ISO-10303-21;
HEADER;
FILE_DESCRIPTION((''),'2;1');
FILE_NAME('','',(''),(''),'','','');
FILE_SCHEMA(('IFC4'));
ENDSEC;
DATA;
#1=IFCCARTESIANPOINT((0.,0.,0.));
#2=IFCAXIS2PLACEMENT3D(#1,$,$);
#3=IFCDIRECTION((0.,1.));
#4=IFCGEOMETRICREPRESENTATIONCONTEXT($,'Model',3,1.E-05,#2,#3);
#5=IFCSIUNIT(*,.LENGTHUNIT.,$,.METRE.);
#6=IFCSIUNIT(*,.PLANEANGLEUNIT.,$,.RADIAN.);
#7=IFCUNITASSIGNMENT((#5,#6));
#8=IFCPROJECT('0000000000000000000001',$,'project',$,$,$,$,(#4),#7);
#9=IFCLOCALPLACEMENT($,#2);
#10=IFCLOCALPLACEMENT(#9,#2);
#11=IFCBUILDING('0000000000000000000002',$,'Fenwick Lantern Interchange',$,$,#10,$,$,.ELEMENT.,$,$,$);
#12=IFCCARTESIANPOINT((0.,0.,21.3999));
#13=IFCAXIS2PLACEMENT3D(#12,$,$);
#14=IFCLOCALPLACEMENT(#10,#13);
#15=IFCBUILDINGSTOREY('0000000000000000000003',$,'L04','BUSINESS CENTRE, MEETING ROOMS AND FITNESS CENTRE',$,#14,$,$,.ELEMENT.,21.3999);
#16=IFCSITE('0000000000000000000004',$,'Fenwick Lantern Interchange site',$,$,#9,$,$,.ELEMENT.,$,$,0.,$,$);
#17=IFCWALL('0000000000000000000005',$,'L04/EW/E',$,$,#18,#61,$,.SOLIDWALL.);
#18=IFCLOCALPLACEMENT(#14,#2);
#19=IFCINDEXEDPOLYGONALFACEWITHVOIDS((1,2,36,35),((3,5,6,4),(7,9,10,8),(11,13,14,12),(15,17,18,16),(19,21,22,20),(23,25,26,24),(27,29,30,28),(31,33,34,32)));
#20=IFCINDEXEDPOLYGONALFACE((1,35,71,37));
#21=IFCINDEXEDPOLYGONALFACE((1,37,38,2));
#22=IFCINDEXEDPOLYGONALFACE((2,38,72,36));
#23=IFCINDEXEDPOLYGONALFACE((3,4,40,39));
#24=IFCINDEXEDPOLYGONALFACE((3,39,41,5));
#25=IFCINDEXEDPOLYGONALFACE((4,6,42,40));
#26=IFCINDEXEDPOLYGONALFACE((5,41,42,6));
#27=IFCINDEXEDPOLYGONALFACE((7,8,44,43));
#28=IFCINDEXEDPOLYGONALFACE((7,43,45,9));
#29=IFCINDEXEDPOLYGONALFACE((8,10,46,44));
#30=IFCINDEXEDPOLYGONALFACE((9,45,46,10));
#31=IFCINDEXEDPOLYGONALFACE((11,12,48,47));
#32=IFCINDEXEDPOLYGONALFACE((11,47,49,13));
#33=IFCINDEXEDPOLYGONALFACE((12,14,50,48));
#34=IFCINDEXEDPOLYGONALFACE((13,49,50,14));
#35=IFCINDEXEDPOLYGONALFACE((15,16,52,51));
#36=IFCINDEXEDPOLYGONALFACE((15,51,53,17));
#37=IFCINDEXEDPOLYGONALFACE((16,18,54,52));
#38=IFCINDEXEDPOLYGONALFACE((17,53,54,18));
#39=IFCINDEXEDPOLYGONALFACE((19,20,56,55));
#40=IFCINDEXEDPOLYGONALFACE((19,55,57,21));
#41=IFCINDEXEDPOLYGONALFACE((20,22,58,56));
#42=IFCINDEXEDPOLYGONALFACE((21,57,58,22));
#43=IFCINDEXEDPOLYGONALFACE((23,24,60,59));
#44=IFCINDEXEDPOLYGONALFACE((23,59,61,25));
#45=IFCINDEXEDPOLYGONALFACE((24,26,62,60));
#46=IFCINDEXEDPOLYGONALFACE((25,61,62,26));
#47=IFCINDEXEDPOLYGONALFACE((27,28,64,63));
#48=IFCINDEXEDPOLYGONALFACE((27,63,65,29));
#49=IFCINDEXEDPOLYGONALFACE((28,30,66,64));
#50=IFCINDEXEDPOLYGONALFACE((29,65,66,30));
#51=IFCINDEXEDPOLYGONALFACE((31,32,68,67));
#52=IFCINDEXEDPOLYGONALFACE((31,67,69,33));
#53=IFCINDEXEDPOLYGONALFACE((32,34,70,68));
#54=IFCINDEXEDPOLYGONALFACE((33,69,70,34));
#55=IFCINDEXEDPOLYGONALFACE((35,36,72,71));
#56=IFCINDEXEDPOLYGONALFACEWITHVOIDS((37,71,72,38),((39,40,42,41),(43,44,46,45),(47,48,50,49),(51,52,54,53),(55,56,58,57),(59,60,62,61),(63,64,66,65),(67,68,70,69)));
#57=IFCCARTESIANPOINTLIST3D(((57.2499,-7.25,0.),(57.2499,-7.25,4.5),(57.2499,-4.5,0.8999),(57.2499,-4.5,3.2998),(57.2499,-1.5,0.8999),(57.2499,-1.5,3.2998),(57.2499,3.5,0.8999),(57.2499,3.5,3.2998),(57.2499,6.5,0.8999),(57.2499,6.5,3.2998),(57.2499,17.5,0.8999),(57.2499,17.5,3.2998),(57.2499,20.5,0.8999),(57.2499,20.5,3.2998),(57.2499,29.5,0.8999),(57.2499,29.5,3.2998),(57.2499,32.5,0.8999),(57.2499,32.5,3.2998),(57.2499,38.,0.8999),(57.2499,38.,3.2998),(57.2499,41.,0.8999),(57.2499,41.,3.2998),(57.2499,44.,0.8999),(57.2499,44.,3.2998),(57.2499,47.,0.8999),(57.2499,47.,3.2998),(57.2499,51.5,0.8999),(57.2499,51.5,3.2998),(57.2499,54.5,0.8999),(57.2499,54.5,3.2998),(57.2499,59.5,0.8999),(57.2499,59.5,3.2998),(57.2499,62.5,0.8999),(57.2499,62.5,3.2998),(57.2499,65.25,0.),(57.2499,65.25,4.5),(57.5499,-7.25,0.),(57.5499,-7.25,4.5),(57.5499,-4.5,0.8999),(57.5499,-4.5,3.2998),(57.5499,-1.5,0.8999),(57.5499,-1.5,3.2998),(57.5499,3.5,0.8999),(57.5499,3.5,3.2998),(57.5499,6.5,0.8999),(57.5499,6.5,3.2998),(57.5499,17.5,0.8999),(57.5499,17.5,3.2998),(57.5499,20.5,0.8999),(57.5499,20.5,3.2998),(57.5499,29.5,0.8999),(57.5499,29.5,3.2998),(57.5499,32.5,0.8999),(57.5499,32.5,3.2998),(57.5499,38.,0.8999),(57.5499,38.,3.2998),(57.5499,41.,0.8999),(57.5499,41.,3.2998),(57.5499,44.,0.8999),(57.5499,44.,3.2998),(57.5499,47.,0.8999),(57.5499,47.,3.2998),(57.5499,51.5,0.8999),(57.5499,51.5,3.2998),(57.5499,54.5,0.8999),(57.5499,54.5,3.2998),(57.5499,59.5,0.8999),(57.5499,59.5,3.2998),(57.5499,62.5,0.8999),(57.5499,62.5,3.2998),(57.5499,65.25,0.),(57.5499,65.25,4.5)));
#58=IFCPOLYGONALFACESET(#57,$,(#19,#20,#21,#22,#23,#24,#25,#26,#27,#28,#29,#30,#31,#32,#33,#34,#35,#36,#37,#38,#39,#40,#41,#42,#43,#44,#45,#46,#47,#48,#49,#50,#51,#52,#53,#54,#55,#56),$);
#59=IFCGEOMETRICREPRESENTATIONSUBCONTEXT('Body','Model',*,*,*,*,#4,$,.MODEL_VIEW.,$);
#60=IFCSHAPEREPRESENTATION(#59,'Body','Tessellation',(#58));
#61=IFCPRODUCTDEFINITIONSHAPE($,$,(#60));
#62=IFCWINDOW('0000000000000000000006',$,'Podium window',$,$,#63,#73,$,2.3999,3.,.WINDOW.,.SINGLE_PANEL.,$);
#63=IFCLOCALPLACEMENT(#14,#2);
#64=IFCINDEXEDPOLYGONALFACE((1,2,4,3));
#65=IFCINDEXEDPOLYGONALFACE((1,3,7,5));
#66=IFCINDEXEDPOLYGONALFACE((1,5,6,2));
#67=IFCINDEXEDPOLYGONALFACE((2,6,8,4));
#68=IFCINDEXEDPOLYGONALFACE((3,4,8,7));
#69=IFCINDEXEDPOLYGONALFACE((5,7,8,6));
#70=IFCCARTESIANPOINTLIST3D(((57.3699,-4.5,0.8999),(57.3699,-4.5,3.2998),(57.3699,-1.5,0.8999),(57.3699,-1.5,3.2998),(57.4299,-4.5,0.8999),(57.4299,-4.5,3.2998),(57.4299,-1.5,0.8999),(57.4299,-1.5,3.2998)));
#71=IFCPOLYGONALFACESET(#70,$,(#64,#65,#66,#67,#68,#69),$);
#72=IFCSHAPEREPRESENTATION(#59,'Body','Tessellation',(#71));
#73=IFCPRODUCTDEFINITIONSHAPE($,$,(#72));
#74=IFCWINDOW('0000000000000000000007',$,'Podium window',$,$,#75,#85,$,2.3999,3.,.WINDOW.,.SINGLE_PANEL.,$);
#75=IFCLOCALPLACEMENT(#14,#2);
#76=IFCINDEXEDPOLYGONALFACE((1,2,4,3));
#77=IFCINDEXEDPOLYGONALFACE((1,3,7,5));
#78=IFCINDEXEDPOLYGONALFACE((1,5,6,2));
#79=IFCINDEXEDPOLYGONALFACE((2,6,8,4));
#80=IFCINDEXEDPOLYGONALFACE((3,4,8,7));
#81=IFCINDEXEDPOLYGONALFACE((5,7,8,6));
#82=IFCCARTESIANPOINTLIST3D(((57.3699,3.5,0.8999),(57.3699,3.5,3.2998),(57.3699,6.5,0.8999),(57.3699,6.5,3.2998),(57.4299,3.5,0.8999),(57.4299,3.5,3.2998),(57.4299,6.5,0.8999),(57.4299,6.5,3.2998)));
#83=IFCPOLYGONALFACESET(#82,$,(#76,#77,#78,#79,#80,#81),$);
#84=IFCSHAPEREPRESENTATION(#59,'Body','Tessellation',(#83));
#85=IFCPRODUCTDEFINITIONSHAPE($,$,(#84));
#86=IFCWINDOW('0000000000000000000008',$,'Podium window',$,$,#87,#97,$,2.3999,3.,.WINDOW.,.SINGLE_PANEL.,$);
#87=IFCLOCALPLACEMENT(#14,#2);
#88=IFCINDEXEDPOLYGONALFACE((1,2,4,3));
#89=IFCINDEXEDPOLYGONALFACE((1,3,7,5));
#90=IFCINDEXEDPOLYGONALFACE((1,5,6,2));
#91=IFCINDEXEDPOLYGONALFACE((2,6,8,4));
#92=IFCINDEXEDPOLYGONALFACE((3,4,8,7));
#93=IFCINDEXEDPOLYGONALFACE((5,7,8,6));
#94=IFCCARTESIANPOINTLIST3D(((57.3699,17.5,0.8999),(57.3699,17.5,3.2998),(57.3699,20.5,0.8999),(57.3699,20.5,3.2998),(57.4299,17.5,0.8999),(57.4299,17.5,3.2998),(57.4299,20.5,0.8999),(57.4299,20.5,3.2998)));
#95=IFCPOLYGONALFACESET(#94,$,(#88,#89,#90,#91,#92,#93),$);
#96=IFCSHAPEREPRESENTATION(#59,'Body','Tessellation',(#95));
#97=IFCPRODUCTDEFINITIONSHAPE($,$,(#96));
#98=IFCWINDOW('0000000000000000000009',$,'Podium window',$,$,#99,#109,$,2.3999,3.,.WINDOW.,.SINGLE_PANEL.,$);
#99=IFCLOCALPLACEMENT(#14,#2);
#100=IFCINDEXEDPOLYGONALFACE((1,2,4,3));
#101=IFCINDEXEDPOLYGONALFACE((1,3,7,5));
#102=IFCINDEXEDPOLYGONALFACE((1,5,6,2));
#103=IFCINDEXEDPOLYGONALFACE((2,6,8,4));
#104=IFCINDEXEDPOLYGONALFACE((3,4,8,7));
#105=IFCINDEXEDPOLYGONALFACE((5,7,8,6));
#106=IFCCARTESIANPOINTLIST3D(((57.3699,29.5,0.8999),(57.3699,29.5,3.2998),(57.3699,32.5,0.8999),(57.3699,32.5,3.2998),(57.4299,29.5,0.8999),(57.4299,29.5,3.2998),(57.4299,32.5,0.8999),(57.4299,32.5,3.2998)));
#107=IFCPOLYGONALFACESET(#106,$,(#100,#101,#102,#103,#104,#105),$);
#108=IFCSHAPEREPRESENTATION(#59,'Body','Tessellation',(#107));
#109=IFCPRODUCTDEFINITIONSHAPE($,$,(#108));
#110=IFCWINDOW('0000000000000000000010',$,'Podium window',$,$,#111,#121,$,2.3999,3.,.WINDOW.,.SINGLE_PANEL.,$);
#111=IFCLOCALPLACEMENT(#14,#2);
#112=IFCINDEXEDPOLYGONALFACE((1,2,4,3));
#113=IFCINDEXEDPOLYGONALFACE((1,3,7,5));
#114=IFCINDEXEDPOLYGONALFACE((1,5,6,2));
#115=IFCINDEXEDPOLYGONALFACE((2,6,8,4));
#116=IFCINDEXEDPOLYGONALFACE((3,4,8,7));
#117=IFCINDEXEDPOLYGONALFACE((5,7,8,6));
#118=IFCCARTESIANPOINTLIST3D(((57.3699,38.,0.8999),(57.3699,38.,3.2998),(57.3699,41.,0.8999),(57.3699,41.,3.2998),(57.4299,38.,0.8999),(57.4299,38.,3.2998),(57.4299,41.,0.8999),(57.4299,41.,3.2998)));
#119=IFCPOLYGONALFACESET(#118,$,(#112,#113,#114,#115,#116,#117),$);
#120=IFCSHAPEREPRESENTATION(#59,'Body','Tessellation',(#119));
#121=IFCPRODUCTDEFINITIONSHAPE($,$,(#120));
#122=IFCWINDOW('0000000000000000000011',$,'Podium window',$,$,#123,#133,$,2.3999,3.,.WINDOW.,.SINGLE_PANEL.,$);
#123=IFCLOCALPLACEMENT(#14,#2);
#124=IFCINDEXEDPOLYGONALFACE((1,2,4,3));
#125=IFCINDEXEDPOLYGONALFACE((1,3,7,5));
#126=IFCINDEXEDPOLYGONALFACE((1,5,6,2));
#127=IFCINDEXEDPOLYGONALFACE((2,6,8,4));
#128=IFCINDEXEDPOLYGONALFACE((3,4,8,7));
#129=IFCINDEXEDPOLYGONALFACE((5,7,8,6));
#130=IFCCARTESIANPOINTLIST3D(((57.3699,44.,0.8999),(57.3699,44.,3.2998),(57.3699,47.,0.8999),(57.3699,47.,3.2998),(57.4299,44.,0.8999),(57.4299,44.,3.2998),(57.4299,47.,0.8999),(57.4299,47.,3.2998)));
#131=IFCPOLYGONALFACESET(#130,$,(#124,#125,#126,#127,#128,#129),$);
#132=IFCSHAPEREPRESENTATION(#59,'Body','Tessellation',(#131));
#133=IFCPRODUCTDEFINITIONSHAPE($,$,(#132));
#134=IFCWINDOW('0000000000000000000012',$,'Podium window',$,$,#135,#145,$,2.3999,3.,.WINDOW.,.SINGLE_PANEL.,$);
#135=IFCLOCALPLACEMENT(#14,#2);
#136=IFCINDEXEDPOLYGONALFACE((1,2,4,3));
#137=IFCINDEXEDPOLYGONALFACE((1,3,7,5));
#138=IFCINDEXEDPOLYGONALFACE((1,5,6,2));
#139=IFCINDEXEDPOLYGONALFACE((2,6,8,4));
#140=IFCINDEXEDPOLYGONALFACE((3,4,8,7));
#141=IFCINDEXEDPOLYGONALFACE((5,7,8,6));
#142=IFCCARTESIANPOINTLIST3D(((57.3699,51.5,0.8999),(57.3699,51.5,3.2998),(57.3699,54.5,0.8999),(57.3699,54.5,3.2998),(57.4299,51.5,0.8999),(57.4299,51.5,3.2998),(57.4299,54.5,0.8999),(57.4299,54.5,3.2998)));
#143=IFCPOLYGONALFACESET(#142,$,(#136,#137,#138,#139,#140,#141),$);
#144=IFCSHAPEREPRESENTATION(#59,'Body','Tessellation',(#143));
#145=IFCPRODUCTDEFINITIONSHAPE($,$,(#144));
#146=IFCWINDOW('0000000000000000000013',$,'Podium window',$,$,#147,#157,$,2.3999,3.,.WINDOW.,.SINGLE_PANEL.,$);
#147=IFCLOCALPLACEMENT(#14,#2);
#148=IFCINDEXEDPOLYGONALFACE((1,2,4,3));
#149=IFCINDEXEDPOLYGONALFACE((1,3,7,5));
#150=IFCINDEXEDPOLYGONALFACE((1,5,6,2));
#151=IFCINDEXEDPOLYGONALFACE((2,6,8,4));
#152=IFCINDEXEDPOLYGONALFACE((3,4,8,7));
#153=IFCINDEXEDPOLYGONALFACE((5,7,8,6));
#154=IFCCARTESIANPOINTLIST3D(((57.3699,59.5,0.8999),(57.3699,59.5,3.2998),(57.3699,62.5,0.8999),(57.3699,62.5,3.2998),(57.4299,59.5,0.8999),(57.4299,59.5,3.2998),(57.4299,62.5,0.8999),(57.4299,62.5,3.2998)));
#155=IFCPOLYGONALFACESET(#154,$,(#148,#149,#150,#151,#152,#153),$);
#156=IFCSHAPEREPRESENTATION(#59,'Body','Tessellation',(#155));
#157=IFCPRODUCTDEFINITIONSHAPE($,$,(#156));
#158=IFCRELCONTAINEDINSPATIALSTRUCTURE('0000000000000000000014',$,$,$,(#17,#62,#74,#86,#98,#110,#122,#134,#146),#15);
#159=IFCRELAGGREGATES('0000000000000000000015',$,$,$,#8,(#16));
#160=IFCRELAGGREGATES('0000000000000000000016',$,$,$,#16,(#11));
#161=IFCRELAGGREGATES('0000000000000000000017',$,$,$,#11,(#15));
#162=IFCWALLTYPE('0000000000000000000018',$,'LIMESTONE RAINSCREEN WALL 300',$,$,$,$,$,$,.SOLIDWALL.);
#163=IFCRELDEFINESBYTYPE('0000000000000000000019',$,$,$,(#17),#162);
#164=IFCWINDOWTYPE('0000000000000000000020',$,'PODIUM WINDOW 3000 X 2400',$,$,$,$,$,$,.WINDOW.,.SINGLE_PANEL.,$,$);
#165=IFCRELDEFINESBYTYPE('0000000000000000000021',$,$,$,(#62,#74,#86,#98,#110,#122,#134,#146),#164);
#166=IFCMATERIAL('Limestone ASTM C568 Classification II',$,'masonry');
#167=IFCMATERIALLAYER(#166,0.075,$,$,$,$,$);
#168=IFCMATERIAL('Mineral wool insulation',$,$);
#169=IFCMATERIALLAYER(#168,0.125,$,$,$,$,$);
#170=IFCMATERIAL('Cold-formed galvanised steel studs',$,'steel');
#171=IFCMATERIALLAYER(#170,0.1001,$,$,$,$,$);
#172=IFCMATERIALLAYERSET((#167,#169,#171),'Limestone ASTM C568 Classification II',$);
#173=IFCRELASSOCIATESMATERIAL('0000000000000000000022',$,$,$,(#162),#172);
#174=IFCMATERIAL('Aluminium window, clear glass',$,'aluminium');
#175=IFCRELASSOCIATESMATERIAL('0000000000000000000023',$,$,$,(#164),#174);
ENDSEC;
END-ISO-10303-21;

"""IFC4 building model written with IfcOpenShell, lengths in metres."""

from ifc_helpers import new_model, si_unit, direction, frame, frame_2d, origin, place, context, subcontext, project, spatial, rectangle, extrude, material, layer, layer_set, type_object, element, fill, save


model = new_model("IFC4")

# Units and contexts
model_context = context("Model", 3, precision=1e-05, world=origin(), true_north=direction((0.0, 1.0)))
body_context = subcontext(model_context, "Body", "Model", "MODEL_VIEW")
ifc_project = project(units=[si_unit("LENGTHUNIT", "METRE"), si_unit("PLANEANGLEUNIT", "RADIAN")], contexts=[model_context])

# Site, building, storey
site_placement = place(None, origin())
site = spatial("IfcSite", under=ifc_project, at=site_placement, Name="Fenwick Lantern Interchange site", CompositionType="ELEMENT", RefElevation=0.0)
building_placement = place(site_placement, origin())
building = spatial("IfcBuilding", under=site, at=building_placement, Name="Fenwick Lantern Interchange", CompositionType="ELEMENT")
storey_placement = place(building_placement, frame((0.0, 0.0, 21.3999)))
storey = spatial("IfcBuildingStorey", under=building, at=storey_placement, Name="L04", Description="BUSINESS CENTRE, MEETING ROOMS AND FITNESS CENTRE", CompositionType="ELEMENT", Elevation=21.3999)

# Wall, openings, windows
ifc_material_1 = material(Name="Limestone ASTM C568 Classification II", Category="masonry")
ifc_layer_1 = layer(ifc_material_1, 0.075)
ifc_material_2 = material(Name="Mineral wool insulation")
ifc_layer_2 = layer(ifc_material_2, 0.125)
ifc_material_3 = material(Name="Cold-formed galvanised steel studs", Category="steel")
ifc_layer_3 = layer(ifc_material_3, 0.1001)
ifc_layer_set_1 = layer_set([ifc_layer_1, ifc_layer_2, ifc_layer_3], Name="Limestone ASTM C568 Classification II")
wall_type_1 = type_object("IfcWallType", Name="LIMESTONE RAINSCREEN WALL 300", PredefinedType="SOLIDWALL", material=ifc_layer_set_1)
wall_1_placement = place(storey_placement, frame((57.3999, -7.25, 0.0), z_axis=(0.0, 0.0, 1.0), x_axis=(0.0, 1.0, 0.0)))
wall_1 = element("IfcWall", 1, at=wall_1_placement, inside=storey, type_object=wall_type_1, Name="L04/EW/E", PredefinedType="SOLIDWALL", context=body_context, shape_type="SweptSolid", body=[
    extrude(rectangle(XDim=72.5, YDim=0.3, at=frame_2d((36.25, 0.0))), origin(), (0.0, 0.0, 1.0), 4.5),
])
opening_1_placement = place(wall_1_placement, frame((2.75, 0.0, 0.8999)))
opening_1 = element("IfcOpeningElement", 2, at=opening_1_placement, cuts=wall_1, PredefinedType="OPENING", context=body_context, shape_type="SweptSolid", body=[
    extrude(rectangle(XDim=3.0, YDim=2.3999, at=frame_2d((1.5, 1.2))), frame((0.0, 0.1599, 0.0), z_axis=(0.0, -1.0, 0.0), x_axis=(1.0, 0.0, 0.0)), (0.0, 0.0, 1.0), 0.3201),
])
opening_2_placement = place(wall_1_placement, frame((10.75, 0.0, 0.8999)))
opening_2 = element("IfcOpeningElement", 3, at=opening_2_placement, cuts=wall_1, PredefinedType="OPENING", context=body_context, shape_type="SweptSolid", body=[
    extrude(rectangle(XDim=3.0, YDim=2.3999, at=frame_2d((1.5, 1.2))), frame((0.0, 0.1599, 0.0), z_axis=(0.0, -1.0, 0.0), x_axis=(1.0, 0.0, 0.0)), (0.0, 0.0, 1.0), 0.3201),
])
opening_3_placement = place(wall_1_placement, frame((24.75, 0.0, 0.8999)))
opening_3 = element("IfcOpeningElement", 4, at=opening_3_placement, cuts=wall_1, PredefinedType="OPENING", context=body_context, shape_type="SweptSolid", body=[
    extrude(rectangle(XDim=3.0, YDim=2.3999, at=frame_2d((1.5, 1.2))), frame((0.0, 0.1599, 0.0), z_axis=(0.0, -1.0, 0.0), x_axis=(1.0, 0.0, 0.0)), (0.0, 0.0, 1.0), 0.3201),
])
opening_4_placement = place(wall_1_placement, frame((36.75, 0.0, 0.8999)))
opening_4 = element("IfcOpeningElement", 5, at=opening_4_placement, cuts=wall_1, PredefinedType="OPENING", context=body_context, shape_type="SweptSolid", body=[
    extrude(rectangle(XDim=3.0, YDim=2.3999, at=frame_2d((1.5, 1.2))), frame((0.0, 0.1599, 0.0), z_axis=(0.0, -1.0, 0.0), x_axis=(1.0, 0.0, 0.0)), (0.0, 0.0, 1.0), 0.3201),
])
opening_5_placement = place(wall_1_placement, frame((45.25, 0.0, 0.8999)))
opening_5 = element("IfcOpeningElement", 6, at=opening_5_placement, cuts=wall_1, PredefinedType="OPENING", context=body_context, shape_type="SweptSolid", body=[
    extrude(rectangle(XDim=3.0, YDim=2.3999, at=frame_2d((1.5, 1.2))), frame((0.0, 0.1599, 0.0), z_axis=(0.0, -1.0, 0.0), x_axis=(1.0, 0.0, 0.0)), (0.0, 0.0, 1.0), 0.3201),
])
opening_6_placement = place(wall_1_placement, frame((51.25, 0.0, 0.8999)))
opening_6 = element("IfcOpeningElement", 7, at=opening_6_placement, cuts=wall_1, PredefinedType="OPENING", context=body_context, shape_type="SweptSolid", body=[
    extrude(rectangle(XDim=3.0, YDim=2.3999, at=frame_2d((1.5, 1.2))), frame((0.0, 0.1599, 0.0), z_axis=(0.0, -1.0, 0.0), x_axis=(1.0, 0.0, 0.0)), (0.0, 0.0, 1.0), 0.3201),
])
opening_7_placement = place(wall_1_placement, frame((58.75, 0.0, 0.8999)))
opening_7 = element("IfcOpeningElement", 8, at=opening_7_placement, cuts=wall_1, PredefinedType="OPENING", context=body_context, shape_type="SweptSolid", body=[
    extrude(rectangle(XDim=3.0, YDim=2.3999, at=frame_2d((1.5, 1.2))), frame((0.0, 0.1599, 0.0), z_axis=(0.0, -1.0, 0.0), x_axis=(1.0, 0.0, 0.0)), (0.0, 0.0, 1.0), 0.3201),
])
opening_8_placement = place(wall_1_placement, frame((66.75, 0.0, 0.8999)))
opening_8 = element("IfcOpeningElement", 9, at=opening_8_placement, cuts=wall_1, PredefinedType="OPENING", context=body_context, shape_type="SweptSolid", body=[
    extrude(rectangle(XDim=3.0, YDim=2.3999, at=frame_2d((1.5, 1.2))), frame((0.0, 0.1599, 0.0), z_axis=(0.0, -1.0, 0.0), x_axis=(1.0, 0.0, 0.0)), (0.0, 0.0, 1.0), 0.3201),
])
ifc_material_4 = material(Name="Aluminium window, clear glass", Category="aluminium")
window_type = type_object("IfcWindowType", Name="PODIUM WINDOW 3000 X 2400", PartitioningType="SINGLE_PANEL", PredefinedType="WINDOW", material=ifc_material_4)
window_1_placement = place(opening_1_placement, origin())
window_1 = element("IfcWindow", 10, at=window_1_placement, inside=storey, type_object=window_type, Name="Podium window", OverallHeight=2.3999, OverallWidth=3.0, PartitioningType="SINGLE_PANEL", PredefinedType="WINDOW", context=body_context, shape_type="SweptSolid", body=[
    extrude(rectangle(XDim=3.0, YDim=2.3999, at=frame_2d((1.5, 1.2))), frame((0.0, 0.03, 0.0), z_axis=(0.0, -1.0, 0.0), x_axis=(1.0, 0.0, 0.0)), (0.0, 0.0, 1.0), 0.0601),
])
fill(opening_1, window_1)
window_2_placement = place(opening_2_placement, origin())
window_2 = element("IfcWindow", 11, at=window_2_placement, inside=storey, type_object=window_type, Name="Podium window", OverallHeight=2.3999, OverallWidth=3.0, PartitioningType="SINGLE_PANEL", PredefinedType="WINDOW", context=body_context, shape_type="SweptSolid", body=[
    extrude(rectangle(XDim=3.0, YDim=2.3999, at=frame_2d((1.5, 1.2))), frame((0.0, 0.03, 0.0), z_axis=(0.0, -1.0, 0.0), x_axis=(1.0, 0.0, 0.0)), (0.0, 0.0, 1.0), 0.0601),
])
fill(opening_2, window_2)
window_3_placement = place(opening_3_placement, origin())
window_3 = element("IfcWindow", 12, at=window_3_placement, inside=storey, type_object=window_type, Name="Podium window", OverallHeight=2.3999, OverallWidth=3.0, PartitioningType="SINGLE_PANEL", PredefinedType="WINDOW", context=body_context, shape_type="SweptSolid", body=[
    extrude(rectangle(XDim=3.0, YDim=2.3999, at=frame_2d((1.5, 1.2))), frame((0.0, 0.03, 0.0), z_axis=(0.0, -1.0, 0.0), x_axis=(1.0, 0.0, 0.0)), (0.0, 0.0, 1.0), 0.0601),
])
fill(opening_3, window_3)
window_4_placement = place(opening_4_placement, origin())
window_4 = element("IfcWindow", 13, at=window_4_placement, inside=storey, type_object=window_type, Name="Podium window", OverallHeight=2.3999, OverallWidth=3.0, PartitioningType="SINGLE_PANEL", PredefinedType="WINDOW", context=body_context, shape_type="SweptSolid", body=[
    extrude(rectangle(XDim=3.0, YDim=2.3999, at=frame_2d((1.5, 1.2))), frame((0.0, 0.03, 0.0), z_axis=(0.0, -1.0, 0.0), x_axis=(1.0, 0.0, 0.0)), (0.0, 0.0, 1.0), 0.0601),
])
fill(opening_4, window_4)
window_5_placement = place(opening_5_placement, origin())
window_5 = element("IfcWindow", 14, at=window_5_placement, inside=storey, type_object=window_type, Name="Podium window", OverallHeight=2.3999, OverallWidth=3.0, PartitioningType="SINGLE_PANEL", PredefinedType="WINDOW", context=body_context, shape_type="SweptSolid", body=[
    extrude(rectangle(XDim=3.0, YDim=2.3999, at=frame_2d((1.5, 1.2))), frame((0.0, 0.03, 0.0), z_axis=(0.0, -1.0, 0.0), x_axis=(1.0, 0.0, 0.0)), (0.0, 0.0, 1.0), 0.0601),
])
fill(opening_5, window_5)
window_6_placement = place(opening_6_placement, origin())
window_6 = element("IfcWindow", 15, at=window_6_placement, inside=storey, type_object=window_type, Name="Podium window", OverallHeight=2.3999, OverallWidth=3.0, PartitioningType="SINGLE_PANEL", PredefinedType="WINDOW", context=body_context, shape_type="SweptSolid", body=[
    extrude(rectangle(XDim=3.0, YDim=2.3999, at=frame_2d((1.5, 1.2))), frame((0.0, 0.03, 0.0), z_axis=(0.0, -1.0, 0.0), x_axis=(1.0, 0.0, 0.0)), (0.0, 0.0, 1.0), 0.0601),
])
fill(opening_6, window_6)
window_7_placement = place(opening_7_placement, origin())
window_7 = element("IfcWindow", 16, at=window_7_placement, inside=storey, type_object=window_type, Name="Podium window", OverallHeight=2.3999, OverallWidth=3.0, PartitioningType="SINGLE_PANEL", PredefinedType="WINDOW", context=body_context, shape_type="SweptSolid", body=[
    extrude(rectangle(XDim=3.0, YDim=2.3999, at=frame_2d((1.5, 1.2))), frame((0.0, 0.03, 0.0), z_axis=(0.0, -1.0, 0.0), x_axis=(1.0, 0.0, 0.0)), (0.0, 0.0, 1.0), 0.0601),
])
fill(opening_7, window_7)
window_8_placement = place(opening_8_placement, origin())
window_8 = element("IfcWindow", 17, at=window_8_placement, inside=storey, type_object=window_type, Name="Podium window", OverallHeight=2.3999, OverallWidth=3.0, PartitioningType="SINGLE_PANEL", PredefinedType="WINDOW", context=body_context, shape_type="SweptSolid", body=[
    extrude(rectangle(XDim=3.0, YDim=2.3999, at=frame_2d((1.5, 1.2))), frame((0.0, 0.03, 0.0), z_axis=(0.0, -1.0, 0.0), x_axis=(1.0, 0.0, 0.0)), (0.0, 0.0, 1.0), 0.0601),
])
fill(opening_8, window_8)

save(model, "model.ifc")
